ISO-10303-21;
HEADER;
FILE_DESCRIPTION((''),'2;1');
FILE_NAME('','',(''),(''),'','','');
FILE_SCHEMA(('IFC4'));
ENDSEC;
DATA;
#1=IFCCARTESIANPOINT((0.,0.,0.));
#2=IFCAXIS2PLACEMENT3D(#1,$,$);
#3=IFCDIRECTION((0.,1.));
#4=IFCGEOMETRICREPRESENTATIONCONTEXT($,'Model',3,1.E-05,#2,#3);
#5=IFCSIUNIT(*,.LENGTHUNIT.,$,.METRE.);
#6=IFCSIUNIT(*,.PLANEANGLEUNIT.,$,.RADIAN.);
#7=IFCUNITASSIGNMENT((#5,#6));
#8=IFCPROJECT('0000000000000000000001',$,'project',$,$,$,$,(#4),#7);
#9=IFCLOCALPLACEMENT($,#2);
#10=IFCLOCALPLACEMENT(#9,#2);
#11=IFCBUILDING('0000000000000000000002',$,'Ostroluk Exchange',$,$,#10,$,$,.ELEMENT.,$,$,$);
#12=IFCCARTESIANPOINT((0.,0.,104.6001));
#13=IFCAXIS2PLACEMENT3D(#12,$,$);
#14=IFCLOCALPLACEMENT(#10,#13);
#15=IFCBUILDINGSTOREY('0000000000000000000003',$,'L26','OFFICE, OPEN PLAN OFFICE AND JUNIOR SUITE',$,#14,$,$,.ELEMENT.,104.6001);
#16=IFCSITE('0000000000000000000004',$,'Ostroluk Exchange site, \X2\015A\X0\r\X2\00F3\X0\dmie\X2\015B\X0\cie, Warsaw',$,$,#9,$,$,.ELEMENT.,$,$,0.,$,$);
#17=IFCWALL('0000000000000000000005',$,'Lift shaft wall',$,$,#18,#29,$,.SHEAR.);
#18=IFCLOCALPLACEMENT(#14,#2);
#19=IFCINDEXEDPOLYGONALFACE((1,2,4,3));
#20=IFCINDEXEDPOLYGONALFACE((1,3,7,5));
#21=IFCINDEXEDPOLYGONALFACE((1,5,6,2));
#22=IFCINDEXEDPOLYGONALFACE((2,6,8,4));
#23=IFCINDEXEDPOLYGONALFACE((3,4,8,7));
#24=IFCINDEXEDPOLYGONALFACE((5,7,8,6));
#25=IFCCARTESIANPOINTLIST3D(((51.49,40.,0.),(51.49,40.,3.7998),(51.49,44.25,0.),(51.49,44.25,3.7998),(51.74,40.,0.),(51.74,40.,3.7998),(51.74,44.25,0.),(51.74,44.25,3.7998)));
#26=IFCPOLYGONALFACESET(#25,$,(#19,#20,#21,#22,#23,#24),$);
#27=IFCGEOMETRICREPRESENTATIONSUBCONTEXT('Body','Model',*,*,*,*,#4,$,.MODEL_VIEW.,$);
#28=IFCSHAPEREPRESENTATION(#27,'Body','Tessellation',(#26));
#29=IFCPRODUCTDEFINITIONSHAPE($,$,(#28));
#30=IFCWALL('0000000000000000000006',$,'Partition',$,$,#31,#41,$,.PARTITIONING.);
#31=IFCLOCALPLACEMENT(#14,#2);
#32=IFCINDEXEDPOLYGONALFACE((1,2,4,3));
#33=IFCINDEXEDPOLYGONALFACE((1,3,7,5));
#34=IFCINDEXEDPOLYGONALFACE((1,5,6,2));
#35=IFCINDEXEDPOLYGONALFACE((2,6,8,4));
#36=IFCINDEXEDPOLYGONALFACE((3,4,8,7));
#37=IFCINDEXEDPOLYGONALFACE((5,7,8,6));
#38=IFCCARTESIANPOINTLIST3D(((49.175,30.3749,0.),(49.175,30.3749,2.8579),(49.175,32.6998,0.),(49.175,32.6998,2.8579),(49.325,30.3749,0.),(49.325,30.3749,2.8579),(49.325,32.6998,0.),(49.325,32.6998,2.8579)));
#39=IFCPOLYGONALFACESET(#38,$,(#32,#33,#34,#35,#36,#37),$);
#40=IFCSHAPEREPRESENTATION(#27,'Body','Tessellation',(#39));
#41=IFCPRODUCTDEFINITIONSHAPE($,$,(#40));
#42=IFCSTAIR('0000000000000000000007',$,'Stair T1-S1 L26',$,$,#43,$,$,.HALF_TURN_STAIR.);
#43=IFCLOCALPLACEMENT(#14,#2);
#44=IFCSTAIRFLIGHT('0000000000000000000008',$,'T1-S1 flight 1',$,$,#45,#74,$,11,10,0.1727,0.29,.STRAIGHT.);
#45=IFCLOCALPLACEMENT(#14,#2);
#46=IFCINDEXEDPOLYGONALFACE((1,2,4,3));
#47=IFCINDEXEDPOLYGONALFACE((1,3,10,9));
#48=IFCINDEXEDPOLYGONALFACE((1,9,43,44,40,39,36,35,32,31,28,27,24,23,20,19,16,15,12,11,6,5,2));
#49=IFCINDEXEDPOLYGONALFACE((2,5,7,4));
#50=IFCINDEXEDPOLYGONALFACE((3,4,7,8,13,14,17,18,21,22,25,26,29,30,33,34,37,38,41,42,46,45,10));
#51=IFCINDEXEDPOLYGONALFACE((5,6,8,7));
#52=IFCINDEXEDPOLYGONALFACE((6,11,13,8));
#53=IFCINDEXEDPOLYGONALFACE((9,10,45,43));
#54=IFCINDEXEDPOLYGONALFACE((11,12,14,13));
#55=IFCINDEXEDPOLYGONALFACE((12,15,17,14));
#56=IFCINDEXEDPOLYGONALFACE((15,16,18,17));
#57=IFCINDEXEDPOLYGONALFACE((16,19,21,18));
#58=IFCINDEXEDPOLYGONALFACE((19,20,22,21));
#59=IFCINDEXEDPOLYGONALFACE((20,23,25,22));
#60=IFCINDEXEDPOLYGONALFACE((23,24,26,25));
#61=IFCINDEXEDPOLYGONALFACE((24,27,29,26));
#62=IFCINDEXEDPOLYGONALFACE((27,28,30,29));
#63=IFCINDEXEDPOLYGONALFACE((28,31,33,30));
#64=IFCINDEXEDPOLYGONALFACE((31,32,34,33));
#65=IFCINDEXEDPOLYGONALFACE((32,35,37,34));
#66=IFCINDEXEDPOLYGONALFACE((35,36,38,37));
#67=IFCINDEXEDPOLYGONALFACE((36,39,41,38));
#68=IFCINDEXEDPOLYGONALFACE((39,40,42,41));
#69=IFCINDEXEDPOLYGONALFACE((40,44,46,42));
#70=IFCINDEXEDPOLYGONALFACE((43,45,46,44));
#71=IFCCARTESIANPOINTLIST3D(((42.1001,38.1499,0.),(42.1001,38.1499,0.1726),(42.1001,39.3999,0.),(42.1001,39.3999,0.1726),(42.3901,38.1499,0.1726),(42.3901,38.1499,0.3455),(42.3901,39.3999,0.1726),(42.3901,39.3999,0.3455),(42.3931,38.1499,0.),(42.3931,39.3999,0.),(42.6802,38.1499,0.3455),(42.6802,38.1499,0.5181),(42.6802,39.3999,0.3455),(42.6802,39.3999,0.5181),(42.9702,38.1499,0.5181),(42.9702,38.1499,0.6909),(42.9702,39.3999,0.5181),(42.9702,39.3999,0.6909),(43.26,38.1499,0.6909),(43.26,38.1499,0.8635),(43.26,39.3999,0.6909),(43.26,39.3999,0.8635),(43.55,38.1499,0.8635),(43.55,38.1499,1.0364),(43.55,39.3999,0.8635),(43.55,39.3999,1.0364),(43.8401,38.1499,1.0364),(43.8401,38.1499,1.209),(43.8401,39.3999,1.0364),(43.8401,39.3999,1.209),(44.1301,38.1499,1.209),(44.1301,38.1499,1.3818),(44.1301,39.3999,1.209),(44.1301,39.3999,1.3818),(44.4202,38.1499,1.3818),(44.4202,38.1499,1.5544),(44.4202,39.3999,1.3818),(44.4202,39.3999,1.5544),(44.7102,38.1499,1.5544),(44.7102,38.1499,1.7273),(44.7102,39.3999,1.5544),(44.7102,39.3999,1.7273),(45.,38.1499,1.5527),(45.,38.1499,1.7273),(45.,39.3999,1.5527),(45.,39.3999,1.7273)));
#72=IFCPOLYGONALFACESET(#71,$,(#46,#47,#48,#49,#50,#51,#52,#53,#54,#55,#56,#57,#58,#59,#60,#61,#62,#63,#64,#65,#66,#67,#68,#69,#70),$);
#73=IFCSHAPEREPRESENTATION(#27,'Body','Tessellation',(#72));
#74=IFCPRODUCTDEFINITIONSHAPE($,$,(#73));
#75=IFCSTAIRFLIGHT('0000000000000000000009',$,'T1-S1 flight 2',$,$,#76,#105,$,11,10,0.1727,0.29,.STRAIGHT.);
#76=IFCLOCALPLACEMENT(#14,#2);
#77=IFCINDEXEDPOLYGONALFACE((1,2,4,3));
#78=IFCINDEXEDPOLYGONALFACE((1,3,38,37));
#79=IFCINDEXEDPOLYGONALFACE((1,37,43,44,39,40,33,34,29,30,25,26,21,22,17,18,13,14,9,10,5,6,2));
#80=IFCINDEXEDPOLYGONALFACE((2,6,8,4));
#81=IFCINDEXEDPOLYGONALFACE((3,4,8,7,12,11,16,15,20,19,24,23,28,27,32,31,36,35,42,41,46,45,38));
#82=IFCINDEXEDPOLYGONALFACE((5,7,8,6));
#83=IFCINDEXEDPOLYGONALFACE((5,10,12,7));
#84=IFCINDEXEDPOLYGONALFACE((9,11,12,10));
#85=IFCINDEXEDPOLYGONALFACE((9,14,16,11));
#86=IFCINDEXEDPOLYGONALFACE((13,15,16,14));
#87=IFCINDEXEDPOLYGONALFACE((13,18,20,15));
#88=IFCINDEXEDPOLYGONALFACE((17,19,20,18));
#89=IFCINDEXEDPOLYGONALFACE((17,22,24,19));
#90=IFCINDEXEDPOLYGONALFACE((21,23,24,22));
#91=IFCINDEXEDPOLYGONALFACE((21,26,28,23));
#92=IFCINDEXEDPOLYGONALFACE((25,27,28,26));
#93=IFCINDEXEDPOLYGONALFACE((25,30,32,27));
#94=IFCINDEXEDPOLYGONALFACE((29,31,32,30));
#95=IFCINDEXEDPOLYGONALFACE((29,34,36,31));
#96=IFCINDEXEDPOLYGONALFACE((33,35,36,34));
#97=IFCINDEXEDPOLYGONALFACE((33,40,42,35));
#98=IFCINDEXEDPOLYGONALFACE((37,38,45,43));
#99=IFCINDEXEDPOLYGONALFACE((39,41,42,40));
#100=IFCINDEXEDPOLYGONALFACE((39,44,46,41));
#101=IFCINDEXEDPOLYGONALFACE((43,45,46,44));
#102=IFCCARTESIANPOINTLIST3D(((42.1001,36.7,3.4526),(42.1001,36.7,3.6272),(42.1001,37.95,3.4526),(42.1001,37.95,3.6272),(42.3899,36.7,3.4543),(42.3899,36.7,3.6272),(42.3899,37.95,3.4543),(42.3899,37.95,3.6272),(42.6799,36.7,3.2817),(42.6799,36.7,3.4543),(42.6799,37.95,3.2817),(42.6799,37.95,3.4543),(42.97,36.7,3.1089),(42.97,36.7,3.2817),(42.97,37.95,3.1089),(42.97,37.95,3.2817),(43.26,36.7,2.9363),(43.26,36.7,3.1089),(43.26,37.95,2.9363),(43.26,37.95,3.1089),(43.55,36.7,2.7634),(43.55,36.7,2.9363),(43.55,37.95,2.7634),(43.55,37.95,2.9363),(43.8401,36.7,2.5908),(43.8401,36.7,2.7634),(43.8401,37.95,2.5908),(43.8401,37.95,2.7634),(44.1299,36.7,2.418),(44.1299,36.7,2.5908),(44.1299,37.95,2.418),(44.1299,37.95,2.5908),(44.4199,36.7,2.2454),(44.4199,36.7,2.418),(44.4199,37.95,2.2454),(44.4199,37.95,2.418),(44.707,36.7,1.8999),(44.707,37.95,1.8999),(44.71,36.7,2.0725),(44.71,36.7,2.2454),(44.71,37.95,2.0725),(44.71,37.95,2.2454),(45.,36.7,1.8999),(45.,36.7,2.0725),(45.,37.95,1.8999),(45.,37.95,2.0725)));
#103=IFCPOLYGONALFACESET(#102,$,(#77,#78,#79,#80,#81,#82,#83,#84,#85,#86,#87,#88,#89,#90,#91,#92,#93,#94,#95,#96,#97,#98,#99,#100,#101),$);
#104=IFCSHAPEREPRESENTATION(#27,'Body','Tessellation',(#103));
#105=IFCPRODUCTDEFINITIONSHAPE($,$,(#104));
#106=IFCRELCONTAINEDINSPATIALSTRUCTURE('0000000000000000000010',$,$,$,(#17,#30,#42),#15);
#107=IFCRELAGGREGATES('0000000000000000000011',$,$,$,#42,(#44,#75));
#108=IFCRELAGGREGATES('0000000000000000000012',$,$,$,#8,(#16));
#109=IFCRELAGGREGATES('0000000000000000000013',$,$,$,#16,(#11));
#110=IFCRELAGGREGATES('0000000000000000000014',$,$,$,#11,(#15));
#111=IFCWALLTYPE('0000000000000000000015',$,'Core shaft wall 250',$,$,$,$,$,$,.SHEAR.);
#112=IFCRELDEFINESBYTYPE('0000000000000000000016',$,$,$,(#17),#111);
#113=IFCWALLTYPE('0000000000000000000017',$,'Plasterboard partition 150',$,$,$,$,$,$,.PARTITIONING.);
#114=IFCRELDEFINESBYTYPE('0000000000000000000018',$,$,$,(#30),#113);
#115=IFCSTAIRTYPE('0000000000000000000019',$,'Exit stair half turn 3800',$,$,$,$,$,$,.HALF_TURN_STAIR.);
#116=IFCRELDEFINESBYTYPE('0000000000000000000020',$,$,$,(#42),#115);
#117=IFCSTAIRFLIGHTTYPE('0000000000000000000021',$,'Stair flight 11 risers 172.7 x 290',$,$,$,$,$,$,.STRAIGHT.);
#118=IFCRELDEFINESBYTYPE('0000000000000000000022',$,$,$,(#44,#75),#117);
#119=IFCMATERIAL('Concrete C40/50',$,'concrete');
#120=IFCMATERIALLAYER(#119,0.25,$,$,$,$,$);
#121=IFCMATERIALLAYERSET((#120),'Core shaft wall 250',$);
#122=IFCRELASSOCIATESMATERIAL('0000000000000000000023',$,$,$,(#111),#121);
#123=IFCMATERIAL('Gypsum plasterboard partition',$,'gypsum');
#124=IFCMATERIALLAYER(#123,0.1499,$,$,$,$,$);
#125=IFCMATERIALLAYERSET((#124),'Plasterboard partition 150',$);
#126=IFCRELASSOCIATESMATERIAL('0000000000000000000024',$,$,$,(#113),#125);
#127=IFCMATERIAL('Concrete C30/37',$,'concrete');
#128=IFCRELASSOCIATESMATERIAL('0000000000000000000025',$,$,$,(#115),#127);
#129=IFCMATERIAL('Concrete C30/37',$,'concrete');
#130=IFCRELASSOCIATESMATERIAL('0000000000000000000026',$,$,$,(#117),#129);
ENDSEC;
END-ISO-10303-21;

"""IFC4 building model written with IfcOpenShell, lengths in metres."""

from ifc_helpers import new_model, si_unit, direction, frame, frame_2d, origin, place, context, subcontext, project, spatial, polyline, rectangle, outline, extrude, material, layer, layer_set, type_object, element, aggregate, save


model = new_model("IFC4")

# Units and contexts
model_context = context("Model", 3, precision=1e-05, world=origin(), true_north=direction((0.0, 1.0)))
body_context = subcontext(model_context, "Body", "Model", "MODEL_VIEW")
ifc_project = project(units=[si_unit("LENGTHUNIT", "METRE"), si_unit("PLANEANGLEUNIT", "RADIAN")], contexts=[model_context])

# Site, building, storey
site_placement = place(None, origin())
site = spatial("IfcSite", under=ifc_project, at=site_placement, Name="Ostroluk Exchange site, Śródmieście, Warsaw", CompositionType="ELEMENT", RefElevation=0.0)
building_placement = place(site_placement, origin())
building = spatial("IfcBuilding", under=site, at=building_placement, Name="Ostroluk Exchange", CompositionType="ELEMENT")
storey_placement = place(building_placement, frame((0.0, 0.0, 104.6001)))
storey = spatial("IfcBuildingStorey", under=building, at=storey_placement, Name="L26", Description="OFFICE, OPEN PLAN OFFICE AND JUNIOR SUITE", CompositionType="ELEMENT", Elevation=104.6001)

# Shared definitions
ifc_material_1 = material(Name="Concrete C40/50", Category="concrete")
ifc_layer_1 = layer(ifc_material_1, 0.25)
ifc_layer_set_1 = layer_set([ifc_layer_1], Name="Core shaft wall 250")
wall_type_1 = type_object("IfcWallType", Name="Core shaft wall 250", PredefinedType="SHEAR", material=ifc_layer_set_1)

# Walls
wall_1_placement = place(storey_placement, frame((51.615, 44.25, 0.0), z_axis=(0.0, 0.0, 1.0), x_axis=(0.0, -1.0, 0.0)))
element("IfcWall", 1, at=wall_1_placement, inside=storey, type_object=wall_type_1, Name="Lift shaft wall", PredefinedType="SHEAR", context=body_context, shape_type="SweptSolid", body=[
    extrude(rectangle(XDim=4.25, YDim=0.25, at=frame_2d((2.125, 0.0))), origin(), (0.0, 0.0, 1.0), 3.7998),
])
ifc_material_2 = material(Name="Gypsum plasterboard partition", Category="gypsum")
ifc_layer_2 = layer(ifc_material_2, 0.1499)
ifc_layer_set_2 = layer_set([ifc_layer_2], Name="Plasterboard partition 150")
wall_type_2 = type_object("IfcWallType", Name="Plasterboard partition 150", PredefinedType="PARTITIONING", material=ifc_layer_set_2)
wall_2_placement = place(storey_placement, frame((49.25, 32.7, 0.0), z_axis=(0.0, 0.0, 1.0), x_axis=(0.0, -1.0, 0.0)))
element("IfcWall", 2, at=wall_2_placement, inside=storey, type_object=wall_type_2, Name="Partition", PredefinedType="PARTITIONING", context=body_context, shape_type="SweptSolid", body=[
    extrude(rectangle(XDim=2.325, YDim=0.1499, at=frame_2d((1.1626, 0.0))), origin(), (0.0, 0.0, 1.0), 2.8579),
])

# Stair, stair flights
ifc_material_3 = material(Name="Concrete C30/37", Category="concrete")
stair_type = type_object("IfcStairType", Name="Exit stair half turn 3800", PredefinedType="HALF_TURN_STAIR", material=ifc_material_3)
stair_placement = place(storey_placement, origin())
stair = element("IfcStair", 3, at=stair_placement, inside=storey, type_object=stair_type, Name="Stair T1-S1 L26", PredefinedType="HALF_TURN_STAIR")
ifc_material_4 = material(Name="Concrete C30/37", Category="concrete")
stair_flight_type = type_object("IfcStairFlightType", Name="Stair flight 11 risers 172.7 x 290", PredefinedType="STRAIGHT", material=ifc_material_4)
stair_flight_1_placement = place(storey_placement, frame((42.1001, 38.7749, 0.0), z_axis=(0.0, 0.0, 1.0), x_axis=(1.0, 0.0, 0.0)))
stair_flight_1 = element("IfcStairFlight", 4, at=stair_flight_1_placement, type_object=stair_flight_type, Name="T1-S1 flight 1", NumberOfRisers=11, NumberOfTreads=10, PredefinedType="STRAIGHT", RiserHeight=0.1727, TreadLength=0.29, context=body_context, shape_type="SweptSolid", body=[
    extrude(outline(polyline([(0.0, 0.0), (0.0, 0.1726), (0.29, 0.1726), (0.29, 0.3455), (0.5801, 0.3455), (0.5801, 0.5181), (0.8701, 0.5181), (0.8701, 0.6909), (1.1599, 0.6909), (1.1599, 0.8635), (1.45, 0.8635), (1.45, 1.0364), (1.74, 1.0364), (1.74, 1.209), (2.03, 1.209), (2.03, 1.3818), (2.3201, 1.3818), (2.3201, 1.5544), (2.6101, 1.5544), (2.6101, 1.7273), (2.8999, 1.7273), (2.8999, 1.8999), (2.8999, 1.5527), (0.293, 0.0), (0.0, 0.0)])), frame((0.0, 0.625, 0.0), z_axis=(0.0, -1.0, 0.0), x_axis=(1.0, 0.0, 0.0)), (0.0, 0.0, 1.0), 1.25),
])
stair_flight_2_placement = place(storey_placement, frame((45.0, 37.325, 1.8999), z_axis=(0.0, 0.0, 1.0), x_axis=(-1.0, 0.0, 0.0)))
stair_flight_2 = element("IfcStairFlight", 5, at=stair_flight_2_placement, type_object=stair_flight_type, Name="T1-S1 flight 2", NumberOfRisers=11, NumberOfTreads=10, PredefinedType="STRAIGHT", RiserHeight=0.1727, TreadLength=0.29, context=body_context, shape_type="SweptSolid", body=[
    extrude(outline(polyline([(0.0, 0.0), (0.0, 0.1726), (0.29, 0.1726), (0.29, 0.3455), (0.5801, 0.3455), (0.5801, 0.5181), (0.8701, 0.5181), (0.8701, 0.6909), (1.1599, 0.6909), (1.1599, 0.8635), (1.45, 0.8635), (1.45, 1.0364), (1.74, 1.0364), (1.74, 1.209), (2.03, 1.209), (2.03, 1.3818), (2.3201, 1.3818), (2.3201, 1.5544), (2.6101, 1.5544), (2.6101, 1.7273), (2.8999, 1.7273), (2.8999, 1.8999), (2.8999, 1.5527), (0.293, 0.0), (0.0, 0.0)])), frame((0.0, 0.625, 0.0), z_axis=(0.0, -1.0, 0.0), x_axis=(1.0, 0.0, 0.0)), (0.0, 0.0, 1.0), 1.25),
])
aggregate(stair, [stair_flight_1, stair_flight_2])

save(model, "model.ifc")
